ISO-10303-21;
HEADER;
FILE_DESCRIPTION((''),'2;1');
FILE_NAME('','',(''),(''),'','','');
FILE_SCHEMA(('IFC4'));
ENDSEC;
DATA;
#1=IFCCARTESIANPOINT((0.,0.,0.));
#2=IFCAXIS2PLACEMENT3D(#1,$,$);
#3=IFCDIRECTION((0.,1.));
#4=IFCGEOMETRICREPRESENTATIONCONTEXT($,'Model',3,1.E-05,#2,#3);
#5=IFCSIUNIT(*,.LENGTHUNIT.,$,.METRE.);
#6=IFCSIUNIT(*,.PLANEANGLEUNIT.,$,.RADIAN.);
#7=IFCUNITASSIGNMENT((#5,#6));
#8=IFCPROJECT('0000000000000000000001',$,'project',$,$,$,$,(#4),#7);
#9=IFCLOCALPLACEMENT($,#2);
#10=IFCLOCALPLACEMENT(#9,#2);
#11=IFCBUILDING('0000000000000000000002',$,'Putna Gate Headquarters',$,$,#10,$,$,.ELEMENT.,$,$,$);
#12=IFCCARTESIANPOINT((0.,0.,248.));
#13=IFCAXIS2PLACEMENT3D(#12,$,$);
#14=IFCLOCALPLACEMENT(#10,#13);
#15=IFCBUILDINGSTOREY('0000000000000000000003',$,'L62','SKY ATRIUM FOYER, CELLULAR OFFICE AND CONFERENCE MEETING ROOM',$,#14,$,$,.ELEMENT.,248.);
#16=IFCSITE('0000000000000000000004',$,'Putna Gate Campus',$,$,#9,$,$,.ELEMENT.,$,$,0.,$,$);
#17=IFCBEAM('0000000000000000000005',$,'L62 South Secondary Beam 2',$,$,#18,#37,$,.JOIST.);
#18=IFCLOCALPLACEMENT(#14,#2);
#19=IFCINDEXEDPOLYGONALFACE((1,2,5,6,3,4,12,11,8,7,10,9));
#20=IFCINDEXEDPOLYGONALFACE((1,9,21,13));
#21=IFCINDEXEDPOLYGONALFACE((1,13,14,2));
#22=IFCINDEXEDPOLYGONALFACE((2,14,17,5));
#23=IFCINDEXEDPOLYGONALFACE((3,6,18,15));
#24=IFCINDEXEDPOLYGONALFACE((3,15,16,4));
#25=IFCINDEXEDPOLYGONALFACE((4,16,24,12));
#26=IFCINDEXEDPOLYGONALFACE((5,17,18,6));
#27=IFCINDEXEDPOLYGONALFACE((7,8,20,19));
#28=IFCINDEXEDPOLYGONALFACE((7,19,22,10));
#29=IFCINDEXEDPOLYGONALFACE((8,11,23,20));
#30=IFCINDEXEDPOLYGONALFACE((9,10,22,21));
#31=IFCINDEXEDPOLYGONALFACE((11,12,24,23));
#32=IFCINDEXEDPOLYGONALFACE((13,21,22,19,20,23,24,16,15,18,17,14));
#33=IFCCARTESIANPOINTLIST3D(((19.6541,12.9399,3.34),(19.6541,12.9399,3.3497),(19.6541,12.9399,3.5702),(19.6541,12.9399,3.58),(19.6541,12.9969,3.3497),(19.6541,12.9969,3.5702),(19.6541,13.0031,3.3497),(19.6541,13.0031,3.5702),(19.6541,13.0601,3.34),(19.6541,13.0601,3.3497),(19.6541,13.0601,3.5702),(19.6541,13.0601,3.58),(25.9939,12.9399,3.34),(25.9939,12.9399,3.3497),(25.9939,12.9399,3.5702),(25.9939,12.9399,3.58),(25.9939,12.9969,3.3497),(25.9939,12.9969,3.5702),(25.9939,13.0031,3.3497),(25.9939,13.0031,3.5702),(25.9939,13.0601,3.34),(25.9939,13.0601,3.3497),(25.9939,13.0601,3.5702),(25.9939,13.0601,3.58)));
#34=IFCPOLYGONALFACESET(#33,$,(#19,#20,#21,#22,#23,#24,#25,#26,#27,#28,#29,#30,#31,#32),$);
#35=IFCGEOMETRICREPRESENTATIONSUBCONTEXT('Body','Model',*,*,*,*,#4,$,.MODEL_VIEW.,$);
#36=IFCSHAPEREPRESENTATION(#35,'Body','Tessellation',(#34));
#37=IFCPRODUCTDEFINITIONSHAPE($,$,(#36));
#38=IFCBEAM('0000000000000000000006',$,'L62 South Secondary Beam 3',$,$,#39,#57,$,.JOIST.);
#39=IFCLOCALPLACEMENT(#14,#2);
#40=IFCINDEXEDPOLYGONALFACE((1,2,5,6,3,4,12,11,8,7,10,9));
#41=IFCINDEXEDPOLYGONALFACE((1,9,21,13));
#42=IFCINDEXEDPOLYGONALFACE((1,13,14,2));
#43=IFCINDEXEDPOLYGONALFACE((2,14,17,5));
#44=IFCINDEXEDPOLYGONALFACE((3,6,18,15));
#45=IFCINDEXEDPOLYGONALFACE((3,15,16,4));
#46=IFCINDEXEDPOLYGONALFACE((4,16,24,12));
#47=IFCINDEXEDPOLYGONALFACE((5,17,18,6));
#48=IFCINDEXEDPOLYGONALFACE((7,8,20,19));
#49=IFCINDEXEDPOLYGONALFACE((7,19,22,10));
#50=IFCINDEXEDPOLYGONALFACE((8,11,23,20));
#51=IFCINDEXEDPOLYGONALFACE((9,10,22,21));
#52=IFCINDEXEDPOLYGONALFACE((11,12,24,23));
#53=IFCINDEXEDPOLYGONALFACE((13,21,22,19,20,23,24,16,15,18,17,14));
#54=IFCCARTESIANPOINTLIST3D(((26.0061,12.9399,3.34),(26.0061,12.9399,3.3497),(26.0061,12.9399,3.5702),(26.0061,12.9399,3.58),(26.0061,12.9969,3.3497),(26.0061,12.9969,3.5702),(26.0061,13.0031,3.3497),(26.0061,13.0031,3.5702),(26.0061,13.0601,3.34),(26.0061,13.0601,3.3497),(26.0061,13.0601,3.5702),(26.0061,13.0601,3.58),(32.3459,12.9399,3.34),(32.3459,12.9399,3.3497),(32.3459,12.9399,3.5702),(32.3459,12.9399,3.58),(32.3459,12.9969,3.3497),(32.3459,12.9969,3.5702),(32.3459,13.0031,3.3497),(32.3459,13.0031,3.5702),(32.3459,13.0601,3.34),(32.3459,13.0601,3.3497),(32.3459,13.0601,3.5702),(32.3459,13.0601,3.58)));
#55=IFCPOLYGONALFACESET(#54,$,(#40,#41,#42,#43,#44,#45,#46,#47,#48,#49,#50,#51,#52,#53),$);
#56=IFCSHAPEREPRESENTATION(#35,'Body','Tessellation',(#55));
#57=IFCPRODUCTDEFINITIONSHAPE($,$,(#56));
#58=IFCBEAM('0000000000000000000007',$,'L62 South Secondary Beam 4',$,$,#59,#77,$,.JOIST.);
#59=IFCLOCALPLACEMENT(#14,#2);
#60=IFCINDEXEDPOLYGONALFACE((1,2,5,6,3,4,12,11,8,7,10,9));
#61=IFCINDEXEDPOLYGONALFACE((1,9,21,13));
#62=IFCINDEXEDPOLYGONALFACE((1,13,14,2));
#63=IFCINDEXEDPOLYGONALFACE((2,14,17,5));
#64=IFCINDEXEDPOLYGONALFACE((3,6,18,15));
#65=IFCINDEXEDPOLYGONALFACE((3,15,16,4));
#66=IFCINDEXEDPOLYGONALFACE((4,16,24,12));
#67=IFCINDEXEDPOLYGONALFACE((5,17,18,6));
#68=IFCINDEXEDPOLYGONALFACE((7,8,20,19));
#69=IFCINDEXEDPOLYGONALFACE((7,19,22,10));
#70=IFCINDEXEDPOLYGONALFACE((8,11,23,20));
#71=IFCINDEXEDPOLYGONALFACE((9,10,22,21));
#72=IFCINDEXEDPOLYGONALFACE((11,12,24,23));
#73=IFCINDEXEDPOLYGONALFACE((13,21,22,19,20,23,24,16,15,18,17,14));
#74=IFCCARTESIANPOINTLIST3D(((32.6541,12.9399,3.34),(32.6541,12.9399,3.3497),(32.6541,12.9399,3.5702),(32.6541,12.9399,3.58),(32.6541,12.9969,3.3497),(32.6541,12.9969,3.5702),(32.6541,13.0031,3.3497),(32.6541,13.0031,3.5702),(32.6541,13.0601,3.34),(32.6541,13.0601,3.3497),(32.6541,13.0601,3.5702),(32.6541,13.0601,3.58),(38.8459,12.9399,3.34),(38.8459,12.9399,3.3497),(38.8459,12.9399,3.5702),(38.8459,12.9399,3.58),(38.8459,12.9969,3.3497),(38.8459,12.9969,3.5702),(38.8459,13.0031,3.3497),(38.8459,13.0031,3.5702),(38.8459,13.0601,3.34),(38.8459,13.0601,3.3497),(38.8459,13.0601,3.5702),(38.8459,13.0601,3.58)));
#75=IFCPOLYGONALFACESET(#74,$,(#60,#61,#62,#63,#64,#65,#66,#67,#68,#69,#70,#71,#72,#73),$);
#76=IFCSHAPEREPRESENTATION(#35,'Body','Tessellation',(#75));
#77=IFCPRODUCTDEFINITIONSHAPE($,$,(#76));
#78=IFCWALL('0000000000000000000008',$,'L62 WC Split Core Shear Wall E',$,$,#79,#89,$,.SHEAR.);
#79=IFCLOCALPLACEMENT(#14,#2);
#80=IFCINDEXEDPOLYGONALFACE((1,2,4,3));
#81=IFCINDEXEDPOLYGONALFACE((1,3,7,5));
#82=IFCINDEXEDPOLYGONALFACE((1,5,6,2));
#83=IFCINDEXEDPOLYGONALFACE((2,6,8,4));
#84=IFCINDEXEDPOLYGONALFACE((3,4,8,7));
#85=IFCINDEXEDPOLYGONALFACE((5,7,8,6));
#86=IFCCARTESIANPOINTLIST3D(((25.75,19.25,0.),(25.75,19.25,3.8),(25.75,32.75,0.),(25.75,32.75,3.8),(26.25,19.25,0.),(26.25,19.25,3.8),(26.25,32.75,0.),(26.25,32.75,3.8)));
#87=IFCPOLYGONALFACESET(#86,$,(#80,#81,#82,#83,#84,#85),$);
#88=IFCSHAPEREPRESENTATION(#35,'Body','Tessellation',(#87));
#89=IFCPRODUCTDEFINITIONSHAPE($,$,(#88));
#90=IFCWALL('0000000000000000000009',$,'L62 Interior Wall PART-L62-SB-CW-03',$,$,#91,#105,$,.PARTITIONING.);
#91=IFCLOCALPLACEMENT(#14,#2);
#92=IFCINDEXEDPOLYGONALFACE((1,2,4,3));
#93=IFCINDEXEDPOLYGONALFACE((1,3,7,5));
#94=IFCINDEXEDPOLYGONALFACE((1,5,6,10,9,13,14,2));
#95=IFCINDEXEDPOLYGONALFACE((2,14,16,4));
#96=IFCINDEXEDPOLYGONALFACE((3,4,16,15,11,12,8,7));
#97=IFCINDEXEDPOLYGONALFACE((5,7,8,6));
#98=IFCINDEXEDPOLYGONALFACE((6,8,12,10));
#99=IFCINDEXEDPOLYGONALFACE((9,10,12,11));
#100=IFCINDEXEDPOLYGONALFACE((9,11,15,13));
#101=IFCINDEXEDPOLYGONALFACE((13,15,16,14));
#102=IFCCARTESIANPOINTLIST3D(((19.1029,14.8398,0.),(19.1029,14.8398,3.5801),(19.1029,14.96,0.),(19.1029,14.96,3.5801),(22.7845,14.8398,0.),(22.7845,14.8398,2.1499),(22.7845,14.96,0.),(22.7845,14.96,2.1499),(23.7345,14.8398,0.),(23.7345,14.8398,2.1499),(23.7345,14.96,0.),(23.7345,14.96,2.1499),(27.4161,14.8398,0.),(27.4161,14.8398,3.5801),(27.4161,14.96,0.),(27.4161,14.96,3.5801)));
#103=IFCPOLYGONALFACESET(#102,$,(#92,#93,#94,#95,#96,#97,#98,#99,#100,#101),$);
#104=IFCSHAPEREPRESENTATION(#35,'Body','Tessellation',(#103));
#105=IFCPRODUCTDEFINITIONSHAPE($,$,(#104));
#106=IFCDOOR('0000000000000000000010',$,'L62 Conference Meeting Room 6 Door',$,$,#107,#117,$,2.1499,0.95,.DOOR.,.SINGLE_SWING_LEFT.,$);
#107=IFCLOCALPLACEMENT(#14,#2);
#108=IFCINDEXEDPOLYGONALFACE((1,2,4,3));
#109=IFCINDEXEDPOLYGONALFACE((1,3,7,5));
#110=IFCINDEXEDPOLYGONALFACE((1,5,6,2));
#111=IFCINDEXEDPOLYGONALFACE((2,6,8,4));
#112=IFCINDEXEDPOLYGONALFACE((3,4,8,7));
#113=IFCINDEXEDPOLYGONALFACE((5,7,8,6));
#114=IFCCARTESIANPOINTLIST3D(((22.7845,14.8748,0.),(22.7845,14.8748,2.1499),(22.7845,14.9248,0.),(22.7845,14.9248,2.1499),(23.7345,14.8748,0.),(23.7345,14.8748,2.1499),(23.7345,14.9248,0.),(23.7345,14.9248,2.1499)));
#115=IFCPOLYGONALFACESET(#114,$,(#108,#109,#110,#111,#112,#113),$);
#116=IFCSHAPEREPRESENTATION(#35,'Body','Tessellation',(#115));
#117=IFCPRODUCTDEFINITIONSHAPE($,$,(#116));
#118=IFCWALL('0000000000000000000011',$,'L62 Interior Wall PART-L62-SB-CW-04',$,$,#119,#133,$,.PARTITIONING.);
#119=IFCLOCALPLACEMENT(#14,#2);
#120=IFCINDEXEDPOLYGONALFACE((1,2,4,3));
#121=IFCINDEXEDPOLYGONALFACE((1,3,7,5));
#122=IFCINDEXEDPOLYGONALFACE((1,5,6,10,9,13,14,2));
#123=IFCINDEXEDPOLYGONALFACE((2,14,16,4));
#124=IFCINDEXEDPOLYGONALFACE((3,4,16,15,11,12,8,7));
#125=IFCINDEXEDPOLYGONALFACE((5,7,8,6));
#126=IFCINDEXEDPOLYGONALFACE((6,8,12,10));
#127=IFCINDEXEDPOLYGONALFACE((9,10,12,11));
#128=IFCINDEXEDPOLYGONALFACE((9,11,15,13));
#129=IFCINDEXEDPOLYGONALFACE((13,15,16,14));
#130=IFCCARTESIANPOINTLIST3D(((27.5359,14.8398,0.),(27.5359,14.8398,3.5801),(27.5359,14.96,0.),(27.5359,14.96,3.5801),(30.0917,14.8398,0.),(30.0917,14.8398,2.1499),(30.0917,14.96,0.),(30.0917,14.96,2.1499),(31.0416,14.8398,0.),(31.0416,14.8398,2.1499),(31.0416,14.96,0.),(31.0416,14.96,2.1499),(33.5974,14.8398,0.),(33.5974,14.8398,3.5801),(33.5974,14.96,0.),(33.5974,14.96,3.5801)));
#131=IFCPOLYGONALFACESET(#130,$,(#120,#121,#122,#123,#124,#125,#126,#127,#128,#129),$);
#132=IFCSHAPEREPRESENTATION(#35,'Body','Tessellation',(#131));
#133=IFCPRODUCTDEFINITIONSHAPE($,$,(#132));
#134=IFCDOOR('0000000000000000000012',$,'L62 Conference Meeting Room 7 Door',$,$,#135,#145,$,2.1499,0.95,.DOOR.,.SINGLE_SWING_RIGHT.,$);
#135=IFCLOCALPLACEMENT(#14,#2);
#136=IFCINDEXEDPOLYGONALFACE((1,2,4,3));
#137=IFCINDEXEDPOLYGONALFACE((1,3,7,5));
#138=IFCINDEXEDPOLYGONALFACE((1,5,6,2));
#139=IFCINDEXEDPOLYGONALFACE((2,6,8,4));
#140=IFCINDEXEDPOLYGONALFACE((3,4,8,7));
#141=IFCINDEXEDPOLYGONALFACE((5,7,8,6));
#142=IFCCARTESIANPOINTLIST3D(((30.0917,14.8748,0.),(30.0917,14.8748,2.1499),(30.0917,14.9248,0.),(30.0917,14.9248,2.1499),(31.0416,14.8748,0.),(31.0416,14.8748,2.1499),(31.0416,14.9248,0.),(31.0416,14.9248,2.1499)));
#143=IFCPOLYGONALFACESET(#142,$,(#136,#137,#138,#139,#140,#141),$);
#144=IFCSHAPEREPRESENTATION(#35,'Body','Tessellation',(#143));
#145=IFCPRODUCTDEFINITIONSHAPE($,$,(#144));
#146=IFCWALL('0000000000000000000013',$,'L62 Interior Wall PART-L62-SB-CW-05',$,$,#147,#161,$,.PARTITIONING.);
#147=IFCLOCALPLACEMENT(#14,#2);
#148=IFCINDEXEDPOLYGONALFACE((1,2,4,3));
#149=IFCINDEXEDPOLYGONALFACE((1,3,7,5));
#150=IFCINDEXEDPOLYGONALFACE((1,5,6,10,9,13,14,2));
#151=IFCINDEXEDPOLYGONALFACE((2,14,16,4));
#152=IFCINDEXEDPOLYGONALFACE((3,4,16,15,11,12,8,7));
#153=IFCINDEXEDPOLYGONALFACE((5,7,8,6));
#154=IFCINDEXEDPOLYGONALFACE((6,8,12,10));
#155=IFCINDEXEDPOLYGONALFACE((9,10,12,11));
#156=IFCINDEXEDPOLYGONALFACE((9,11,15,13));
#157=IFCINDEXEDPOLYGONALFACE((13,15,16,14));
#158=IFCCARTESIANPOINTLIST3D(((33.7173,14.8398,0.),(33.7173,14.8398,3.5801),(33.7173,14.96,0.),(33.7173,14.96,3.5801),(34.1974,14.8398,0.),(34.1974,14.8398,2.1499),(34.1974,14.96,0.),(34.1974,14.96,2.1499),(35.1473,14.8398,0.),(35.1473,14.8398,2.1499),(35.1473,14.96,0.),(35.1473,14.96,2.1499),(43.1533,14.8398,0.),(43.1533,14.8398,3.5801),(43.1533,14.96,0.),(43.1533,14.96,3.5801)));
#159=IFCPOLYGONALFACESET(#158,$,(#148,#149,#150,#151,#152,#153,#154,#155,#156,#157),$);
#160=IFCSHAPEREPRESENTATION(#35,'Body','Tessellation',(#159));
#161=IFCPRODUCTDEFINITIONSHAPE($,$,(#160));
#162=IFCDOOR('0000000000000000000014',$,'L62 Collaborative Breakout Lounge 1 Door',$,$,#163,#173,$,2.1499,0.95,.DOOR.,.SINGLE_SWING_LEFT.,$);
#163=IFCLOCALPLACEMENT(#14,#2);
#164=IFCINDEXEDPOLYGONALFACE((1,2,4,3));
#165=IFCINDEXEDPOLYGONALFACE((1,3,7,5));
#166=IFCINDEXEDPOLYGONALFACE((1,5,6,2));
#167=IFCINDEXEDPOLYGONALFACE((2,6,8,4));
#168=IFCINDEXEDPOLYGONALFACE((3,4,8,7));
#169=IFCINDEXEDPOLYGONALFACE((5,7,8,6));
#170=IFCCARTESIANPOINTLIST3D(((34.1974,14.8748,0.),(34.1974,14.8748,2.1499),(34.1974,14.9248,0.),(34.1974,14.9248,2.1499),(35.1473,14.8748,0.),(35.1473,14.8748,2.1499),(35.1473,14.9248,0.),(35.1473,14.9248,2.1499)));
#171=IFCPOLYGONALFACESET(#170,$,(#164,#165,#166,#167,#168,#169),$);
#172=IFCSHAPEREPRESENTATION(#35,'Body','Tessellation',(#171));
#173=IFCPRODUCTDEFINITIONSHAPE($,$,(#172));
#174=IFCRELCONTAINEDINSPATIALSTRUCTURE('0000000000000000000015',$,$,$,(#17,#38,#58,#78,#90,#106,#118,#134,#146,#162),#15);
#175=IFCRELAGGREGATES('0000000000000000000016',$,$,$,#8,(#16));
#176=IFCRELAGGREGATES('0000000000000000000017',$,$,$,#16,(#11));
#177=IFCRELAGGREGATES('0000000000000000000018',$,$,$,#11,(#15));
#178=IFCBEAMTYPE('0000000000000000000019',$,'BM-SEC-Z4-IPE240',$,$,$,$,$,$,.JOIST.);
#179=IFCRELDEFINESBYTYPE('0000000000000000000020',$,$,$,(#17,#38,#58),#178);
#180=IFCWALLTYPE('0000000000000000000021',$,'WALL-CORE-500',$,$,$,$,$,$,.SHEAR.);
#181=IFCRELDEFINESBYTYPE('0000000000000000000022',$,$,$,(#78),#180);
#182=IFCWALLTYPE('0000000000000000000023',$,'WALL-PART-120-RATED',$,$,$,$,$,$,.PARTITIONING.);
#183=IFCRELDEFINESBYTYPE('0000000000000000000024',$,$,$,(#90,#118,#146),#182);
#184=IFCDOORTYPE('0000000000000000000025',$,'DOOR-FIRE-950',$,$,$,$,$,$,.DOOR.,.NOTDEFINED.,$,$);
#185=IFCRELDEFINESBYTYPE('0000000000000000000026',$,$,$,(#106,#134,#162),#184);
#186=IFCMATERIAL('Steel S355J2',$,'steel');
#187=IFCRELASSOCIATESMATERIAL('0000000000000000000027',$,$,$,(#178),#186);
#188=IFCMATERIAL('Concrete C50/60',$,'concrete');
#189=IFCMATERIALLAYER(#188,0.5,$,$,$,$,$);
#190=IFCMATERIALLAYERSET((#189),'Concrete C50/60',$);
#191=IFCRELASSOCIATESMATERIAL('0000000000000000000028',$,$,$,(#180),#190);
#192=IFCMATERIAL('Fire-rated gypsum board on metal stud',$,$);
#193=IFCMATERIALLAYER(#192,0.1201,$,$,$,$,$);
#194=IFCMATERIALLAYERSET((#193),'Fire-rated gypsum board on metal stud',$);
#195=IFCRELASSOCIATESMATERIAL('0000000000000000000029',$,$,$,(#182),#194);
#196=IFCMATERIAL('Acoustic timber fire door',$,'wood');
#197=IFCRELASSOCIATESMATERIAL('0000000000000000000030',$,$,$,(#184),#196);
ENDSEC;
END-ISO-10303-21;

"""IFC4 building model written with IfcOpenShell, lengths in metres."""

from ifc_helpers import new_model, si_unit, direction, frame, frame_2d, origin, origin_2d, place, context, subcontext, project, spatial, rectangle, i_section, extrude, material, layer, layer_set, material_profile, profile_set, type_object, element, fill, save


model = new_model("IFC4")

# Units and contexts
model_context = context("Model", 3, precision=1e-05, world=origin(), true_north=direction((0.0, 1.0)))
body_context = subcontext(model_context, "Body", "Model", "MODEL_VIEW")
ifc_project = project(units=[si_unit("LENGTHUNIT", "METRE"), si_unit("PLANEANGLEUNIT", "RADIAN")], contexts=[model_context])

# Site, building, storey
site_placement = place(None, origin())
site = spatial("IfcSite", under=ifc_project, at=site_placement, Name="Putna Gate Campus", CompositionType="ELEMENT", RefElevation=0.0)
building_placement = place(site_placement, origin())
building = spatial("IfcBuilding", under=site, at=building_placement, Name="Putna Gate Headquarters", CompositionType="ELEMENT")
storey_placement = place(building_placement, frame((0.0, 0.0, 248.0)))
storey = spatial("IfcBuildingStorey", under=building, at=storey_placement, Name="L62", Description="SKY ATRIUM FOYER, CELLULAR OFFICE AND CONFERENCE MEETING ROOM", CompositionType="ELEMENT", Elevation=248.0)

# Beams
ifc_material_1 = material(Name="Steel S355J2", Category="steel")
ifc_material_profile_1 = material_profile(ifc_material_1, i_section(OverallWidth=0.1201, OverallDepth=0.24, WebThickness=0.0061, FlangeThickness=0.0098, at=origin_2d()), Name="Steel S355J2")
ifc_profile_set_1 = profile_set([ifc_material_profile_1], Name="Steel S355J2")
beam_type_1 = type_object("IfcBeamType", Name="BM-SEC-Z4-IPE240", PredefinedType="JOIST", material=ifc_profile_set_1)
for number, where, z_axis, x_axis, name in (
    (1, (19.6541, 13.0, 3.46), (1.0, 0.0, 0.0), (0.0, 1.0, 0.0), "L62 South Secondary Beam 2"),
    (2, (26.0061, 13.0, 3.46), (1.0, 0.0, 0.0), (0.0, 1.0, 0.0), "L62 South Secondary Beam 3"),
):
    element("IfcBeam", number, at=place(storey_placement, frame(where, z_axis=z_axis, x_axis=x_axis)), inside=storey, type_object=beam_type_1, Name=name, PredefinedType="JOIST", context=body_context, shape_type="SweptSolid", body=[
        extrude(i_section(OverallWidth=0.1201, OverallDepth=0.24, WebThickness=0.0061, FlangeThickness=0.0098, at=origin_2d()), origin(), (0.0, 0.0, 1.0), 6.3398),
    ])
beam_1_placement = place(storey_placement, frame((32.6541, 13.0, 3.46), z_axis=(1.0, 0.0, 0.0), x_axis=(0.0, 1.0, 0.0)))
element("IfcBeam", 3, at=beam_1_placement, inside=storey, type_object=beam_type_1, Name="L62 South Secondary Beam 4", PredefinedType="JOIST", context=body_context, shape_type="SweptSolid", body=[
    extrude(i_section(OverallWidth=0.1201, OverallDepth=0.24, WebThickness=0.0061, FlangeThickness=0.0098, at=origin_2d()), origin(), (0.0, 0.0, 1.0), 6.1919),
])

# Wall
ifc_material_2 = material(Name="Concrete C50/60", Category="concrete")
ifc_layer_1 = layer(ifc_material_2, 0.5)
ifc_layer_set_1 = layer_set([ifc_layer_1], Name="Concrete C50/60")
wall_type_1 = type_object("IfcWallType", Name="WALL-CORE-500", PredefinedType="SHEAR", material=ifc_layer_set_1)
wall_1_placement = place(storey_placement, frame((26.0, 19.25, 0.0), z_axis=(0.0, 0.0, 1.0), x_axis=(0.0, 1.0, 0.0)))
element("IfcWall", 4, at=wall_1_placement, inside=storey, type_object=wall_type_1, Name="L62 WC Split Core Shear Wall E", PredefinedType="SHEAR", context=body_context, shape_type="SweptSolid", body=[
    extrude(rectangle(XDim=13.5, YDim=0.5, at=frame_2d((6.75, 0.0))), origin(), (0.0, 0.0, 1.0), 3.8),
])

# Walls, openings, doors
ifc_material_3 = material(Name="Fire-rated gypsum board on metal stud")
ifc_layer_2 = layer(ifc_material_3, 0.1201)
ifc_layer_set_2 = layer_set([ifc_layer_2], Name="Fire-rated gypsum board on metal stud")
wall_type_2 = type_object("IfcWallType", Name="WALL-PART-120-RATED", PredefinedType="PARTITIONING", material=ifc_layer_set_2)
wall_2_placement = place(storey_placement, frame((19.1028, 14.8999, 0.0), z_axis=(0.0, 0.0, 1.0), x_axis=(1.0, 0.0, 0.0)))
wall_2 = element("IfcWall", 5, at=wall_2_placement, inside=storey, type_object=wall_type_2, Name="L62 Interior Wall PART-L62-SB-CW-03", PredefinedType="PARTITIONING", context=body_context, shape_type="SweptSolid", body=[
    extrude(rectangle(XDim=8.3132, YDim=0.1201, at=frame_2d((4.1567, 0.0))), origin(), (0.0, 0.0, 1.0), 3.5801),
])
opening_1_placement = place(wall_2_placement, frame((3.6816, 0.0, 0.0)))
opening_1 = element("IfcOpeningElement", 6, at=opening_1_placement, cuts=wall_2, PredefinedType="OPENING", context=body_context, shape_type="SweptSolid", body=[
    extrude(rectangle(XDim=0.95, YDim=2.1499, at=frame_2d((0.4751, 1.075))), frame((0.0, 0.0701, 0.0), z_axis=(0.0, -1.0, 0.0), x_axis=(1.0, 0.0, 0.0)), (0.0, 0.0, 1.0), 0.1401),
])
ifc_material_4 = material(Name="Acoustic timber fire door", Category="wood")
door_type_1 = type_object("IfcDoorType", Name="DOOR-FIRE-950", OperationType="NOTDEFINED", PredefinedType="DOOR", material=ifc_material_4)
door_1_placement = place(opening_1_placement, origin())
door_1 = element("IfcDoor", 7, at=door_1_placement, inside=storey, type_object=door_type_1, Name="L62 Conference Meeting Room 6 Door", OperationType="SINGLE_SWING_LEFT", OverallHeight=2.1499, OverallWidth=0.95, PredefinedType="DOOR", context=body_context, shape_type="SweptSolid", body=[
    extrude(rectangle(XDim=0.95, YDim=2.1499, at=frame_2d((0.4751, 1.075))), frame((0.0, 0.0249, 0.0), z_axis=(0.0, -1.0, 0.0), x_axis=(1.0, 0.0, 0.0)), (0.0, 0.0, 1.0), 0.05),
])
fill(opening_1, door_1)
wall_3_placement = place(storey_placement, frame((27.5359, 14.8999, 0.0), z_axis=(0.0, 0.0, 1.0), x_axis=(1.0, 0.0, 0.0)))
wall_3 = element("IfcWall", 8, at=wall_3_placement, inside=storey, type_object=wall_type_2, Name="L62 Interior Wall PART-L62-SB-CW-04", PredefinedType="PARTITIONING", context=body_context, shape_type="SweptSolid", body=[
    extrude(rectangle(XDim=6.0615, YDim=0.1201, at=frame_2d((3.0308, 0.0))), origin(), (0.0, 0.0, 1.0), 3.5801),
])
opening_2_placement = place(wall_3_placement, frame((2.5557, 0.0, 0.0)))
opening_2 = element("IfcOpeningElement", 9, at=opening_2_placement, cuts=wall_3, PredefinedType="OPENING", context=body_context, shape_type="SweptSolid", body=[
    extrude(rectangle(XDim=0.95, YDim=2.1499, at=frame_2d((0.4751, 1.075))), frame((0.0, 0.0701, 0.0), z_axis=(0.0, -1.0, 0.0), x_axis=(1.0, 0.0, 0.0)), (0.0, 0.0, 1.0), 0.1401),
])
door_2_placement = place(opening_2_placement, origin())
door_2 = element("IfcDoor", 10, at=door_2_placement, inside=storey, type_object=door_type_1, Name="L62 Conference Meeting Room 7 Door", OperationType="SINGLE_SWING_RIGHT", OverallHeight=2.1499, OverallWidth=0.95, PredefinedType="DOOR", context=body_context, shape_type="SweptSolid", body=[
    extrude(rectangle(XDim=0.95, YDim=2.1499, at=frame_2d((0.4751, 1.075))), frame((0.0, 0.0249, 0.0), z_axis=(0.0, -1.0, 0.0), x_axis=(1.0, 0.0, 0.0)), (0.0, 0.0, 1.0), 0.05),
])
fill(opening_2, door_2)
wall_4_placement = place(storey_placement, frame((33.7173, 14.8999, 0.0), z_axis=(0.0, 0.0, 1.0), x_axis=(1.0, 0.0, 0.0)))
wall_4 = element("IfcWall", 11, at=wall_4_placement, inside=storey, type_object=wall_type_2, Name="L62 Interior Wall PART-L62-SB-CW-05", PredefinedType="PARTITIONING", context=body_context, shape_type="SweptSolid", body=[
    extrude(rectangle(XDim=9.436, YDim=0.1201, at=frame_2d((4.718, 0.0))), origin(), (0.0, 0.0, 1.0), 3.5801),
])
opening_3_placement = place(wall_4_placement, frame((0.48, 0.0, 0.0)))
opening_3 = element("IfcOpeningElement", 12, at=opening_3_placement, cuts=wall_4, PredefinedType="OPENING", context=body_context, shape_type="SweptSolid", body=[
    extrude(rectangle(XDim=0.95, YDim=2.1499, at=frame_2d((0.4751, 1.075))), frame((0.0, 0.0701, 0.0), z_axis=(0.0, -1.0, 0.0), x_axis=(1.0, 0.0, 0.0)), (0.0, 0.0, 1.0), 0.1401),
])
door_3_placement = place(opening_3_placement, origin())
door_3 = element("IfcDoor", 13, at=door_3_placement, inside=storey, type_object=door_type_1, Name="L62 Collaborative Breakout Lounge 1 Door", OperationType="SINGLE_SWING_LEFT", OverallHeight=2.1499, OverallWidth=0.95, PredefinedType="DOOR", context=body_context, shape_type="SweptSolid", body=[
    extrude(rectangle(XDim=0.95, YDim=2.1499, at=frame_2d((0.4751, 1.075))), frame((0.0, 0.0249, 0.0), z_axis=(0.0, -1.0, 0.0), x_axis=(1.0, 0.0, 0.0)), (0.0, 0.0, 1.0), 0.05),
])
fill(opening_3, door_3)

save(model, "model.ifc")
